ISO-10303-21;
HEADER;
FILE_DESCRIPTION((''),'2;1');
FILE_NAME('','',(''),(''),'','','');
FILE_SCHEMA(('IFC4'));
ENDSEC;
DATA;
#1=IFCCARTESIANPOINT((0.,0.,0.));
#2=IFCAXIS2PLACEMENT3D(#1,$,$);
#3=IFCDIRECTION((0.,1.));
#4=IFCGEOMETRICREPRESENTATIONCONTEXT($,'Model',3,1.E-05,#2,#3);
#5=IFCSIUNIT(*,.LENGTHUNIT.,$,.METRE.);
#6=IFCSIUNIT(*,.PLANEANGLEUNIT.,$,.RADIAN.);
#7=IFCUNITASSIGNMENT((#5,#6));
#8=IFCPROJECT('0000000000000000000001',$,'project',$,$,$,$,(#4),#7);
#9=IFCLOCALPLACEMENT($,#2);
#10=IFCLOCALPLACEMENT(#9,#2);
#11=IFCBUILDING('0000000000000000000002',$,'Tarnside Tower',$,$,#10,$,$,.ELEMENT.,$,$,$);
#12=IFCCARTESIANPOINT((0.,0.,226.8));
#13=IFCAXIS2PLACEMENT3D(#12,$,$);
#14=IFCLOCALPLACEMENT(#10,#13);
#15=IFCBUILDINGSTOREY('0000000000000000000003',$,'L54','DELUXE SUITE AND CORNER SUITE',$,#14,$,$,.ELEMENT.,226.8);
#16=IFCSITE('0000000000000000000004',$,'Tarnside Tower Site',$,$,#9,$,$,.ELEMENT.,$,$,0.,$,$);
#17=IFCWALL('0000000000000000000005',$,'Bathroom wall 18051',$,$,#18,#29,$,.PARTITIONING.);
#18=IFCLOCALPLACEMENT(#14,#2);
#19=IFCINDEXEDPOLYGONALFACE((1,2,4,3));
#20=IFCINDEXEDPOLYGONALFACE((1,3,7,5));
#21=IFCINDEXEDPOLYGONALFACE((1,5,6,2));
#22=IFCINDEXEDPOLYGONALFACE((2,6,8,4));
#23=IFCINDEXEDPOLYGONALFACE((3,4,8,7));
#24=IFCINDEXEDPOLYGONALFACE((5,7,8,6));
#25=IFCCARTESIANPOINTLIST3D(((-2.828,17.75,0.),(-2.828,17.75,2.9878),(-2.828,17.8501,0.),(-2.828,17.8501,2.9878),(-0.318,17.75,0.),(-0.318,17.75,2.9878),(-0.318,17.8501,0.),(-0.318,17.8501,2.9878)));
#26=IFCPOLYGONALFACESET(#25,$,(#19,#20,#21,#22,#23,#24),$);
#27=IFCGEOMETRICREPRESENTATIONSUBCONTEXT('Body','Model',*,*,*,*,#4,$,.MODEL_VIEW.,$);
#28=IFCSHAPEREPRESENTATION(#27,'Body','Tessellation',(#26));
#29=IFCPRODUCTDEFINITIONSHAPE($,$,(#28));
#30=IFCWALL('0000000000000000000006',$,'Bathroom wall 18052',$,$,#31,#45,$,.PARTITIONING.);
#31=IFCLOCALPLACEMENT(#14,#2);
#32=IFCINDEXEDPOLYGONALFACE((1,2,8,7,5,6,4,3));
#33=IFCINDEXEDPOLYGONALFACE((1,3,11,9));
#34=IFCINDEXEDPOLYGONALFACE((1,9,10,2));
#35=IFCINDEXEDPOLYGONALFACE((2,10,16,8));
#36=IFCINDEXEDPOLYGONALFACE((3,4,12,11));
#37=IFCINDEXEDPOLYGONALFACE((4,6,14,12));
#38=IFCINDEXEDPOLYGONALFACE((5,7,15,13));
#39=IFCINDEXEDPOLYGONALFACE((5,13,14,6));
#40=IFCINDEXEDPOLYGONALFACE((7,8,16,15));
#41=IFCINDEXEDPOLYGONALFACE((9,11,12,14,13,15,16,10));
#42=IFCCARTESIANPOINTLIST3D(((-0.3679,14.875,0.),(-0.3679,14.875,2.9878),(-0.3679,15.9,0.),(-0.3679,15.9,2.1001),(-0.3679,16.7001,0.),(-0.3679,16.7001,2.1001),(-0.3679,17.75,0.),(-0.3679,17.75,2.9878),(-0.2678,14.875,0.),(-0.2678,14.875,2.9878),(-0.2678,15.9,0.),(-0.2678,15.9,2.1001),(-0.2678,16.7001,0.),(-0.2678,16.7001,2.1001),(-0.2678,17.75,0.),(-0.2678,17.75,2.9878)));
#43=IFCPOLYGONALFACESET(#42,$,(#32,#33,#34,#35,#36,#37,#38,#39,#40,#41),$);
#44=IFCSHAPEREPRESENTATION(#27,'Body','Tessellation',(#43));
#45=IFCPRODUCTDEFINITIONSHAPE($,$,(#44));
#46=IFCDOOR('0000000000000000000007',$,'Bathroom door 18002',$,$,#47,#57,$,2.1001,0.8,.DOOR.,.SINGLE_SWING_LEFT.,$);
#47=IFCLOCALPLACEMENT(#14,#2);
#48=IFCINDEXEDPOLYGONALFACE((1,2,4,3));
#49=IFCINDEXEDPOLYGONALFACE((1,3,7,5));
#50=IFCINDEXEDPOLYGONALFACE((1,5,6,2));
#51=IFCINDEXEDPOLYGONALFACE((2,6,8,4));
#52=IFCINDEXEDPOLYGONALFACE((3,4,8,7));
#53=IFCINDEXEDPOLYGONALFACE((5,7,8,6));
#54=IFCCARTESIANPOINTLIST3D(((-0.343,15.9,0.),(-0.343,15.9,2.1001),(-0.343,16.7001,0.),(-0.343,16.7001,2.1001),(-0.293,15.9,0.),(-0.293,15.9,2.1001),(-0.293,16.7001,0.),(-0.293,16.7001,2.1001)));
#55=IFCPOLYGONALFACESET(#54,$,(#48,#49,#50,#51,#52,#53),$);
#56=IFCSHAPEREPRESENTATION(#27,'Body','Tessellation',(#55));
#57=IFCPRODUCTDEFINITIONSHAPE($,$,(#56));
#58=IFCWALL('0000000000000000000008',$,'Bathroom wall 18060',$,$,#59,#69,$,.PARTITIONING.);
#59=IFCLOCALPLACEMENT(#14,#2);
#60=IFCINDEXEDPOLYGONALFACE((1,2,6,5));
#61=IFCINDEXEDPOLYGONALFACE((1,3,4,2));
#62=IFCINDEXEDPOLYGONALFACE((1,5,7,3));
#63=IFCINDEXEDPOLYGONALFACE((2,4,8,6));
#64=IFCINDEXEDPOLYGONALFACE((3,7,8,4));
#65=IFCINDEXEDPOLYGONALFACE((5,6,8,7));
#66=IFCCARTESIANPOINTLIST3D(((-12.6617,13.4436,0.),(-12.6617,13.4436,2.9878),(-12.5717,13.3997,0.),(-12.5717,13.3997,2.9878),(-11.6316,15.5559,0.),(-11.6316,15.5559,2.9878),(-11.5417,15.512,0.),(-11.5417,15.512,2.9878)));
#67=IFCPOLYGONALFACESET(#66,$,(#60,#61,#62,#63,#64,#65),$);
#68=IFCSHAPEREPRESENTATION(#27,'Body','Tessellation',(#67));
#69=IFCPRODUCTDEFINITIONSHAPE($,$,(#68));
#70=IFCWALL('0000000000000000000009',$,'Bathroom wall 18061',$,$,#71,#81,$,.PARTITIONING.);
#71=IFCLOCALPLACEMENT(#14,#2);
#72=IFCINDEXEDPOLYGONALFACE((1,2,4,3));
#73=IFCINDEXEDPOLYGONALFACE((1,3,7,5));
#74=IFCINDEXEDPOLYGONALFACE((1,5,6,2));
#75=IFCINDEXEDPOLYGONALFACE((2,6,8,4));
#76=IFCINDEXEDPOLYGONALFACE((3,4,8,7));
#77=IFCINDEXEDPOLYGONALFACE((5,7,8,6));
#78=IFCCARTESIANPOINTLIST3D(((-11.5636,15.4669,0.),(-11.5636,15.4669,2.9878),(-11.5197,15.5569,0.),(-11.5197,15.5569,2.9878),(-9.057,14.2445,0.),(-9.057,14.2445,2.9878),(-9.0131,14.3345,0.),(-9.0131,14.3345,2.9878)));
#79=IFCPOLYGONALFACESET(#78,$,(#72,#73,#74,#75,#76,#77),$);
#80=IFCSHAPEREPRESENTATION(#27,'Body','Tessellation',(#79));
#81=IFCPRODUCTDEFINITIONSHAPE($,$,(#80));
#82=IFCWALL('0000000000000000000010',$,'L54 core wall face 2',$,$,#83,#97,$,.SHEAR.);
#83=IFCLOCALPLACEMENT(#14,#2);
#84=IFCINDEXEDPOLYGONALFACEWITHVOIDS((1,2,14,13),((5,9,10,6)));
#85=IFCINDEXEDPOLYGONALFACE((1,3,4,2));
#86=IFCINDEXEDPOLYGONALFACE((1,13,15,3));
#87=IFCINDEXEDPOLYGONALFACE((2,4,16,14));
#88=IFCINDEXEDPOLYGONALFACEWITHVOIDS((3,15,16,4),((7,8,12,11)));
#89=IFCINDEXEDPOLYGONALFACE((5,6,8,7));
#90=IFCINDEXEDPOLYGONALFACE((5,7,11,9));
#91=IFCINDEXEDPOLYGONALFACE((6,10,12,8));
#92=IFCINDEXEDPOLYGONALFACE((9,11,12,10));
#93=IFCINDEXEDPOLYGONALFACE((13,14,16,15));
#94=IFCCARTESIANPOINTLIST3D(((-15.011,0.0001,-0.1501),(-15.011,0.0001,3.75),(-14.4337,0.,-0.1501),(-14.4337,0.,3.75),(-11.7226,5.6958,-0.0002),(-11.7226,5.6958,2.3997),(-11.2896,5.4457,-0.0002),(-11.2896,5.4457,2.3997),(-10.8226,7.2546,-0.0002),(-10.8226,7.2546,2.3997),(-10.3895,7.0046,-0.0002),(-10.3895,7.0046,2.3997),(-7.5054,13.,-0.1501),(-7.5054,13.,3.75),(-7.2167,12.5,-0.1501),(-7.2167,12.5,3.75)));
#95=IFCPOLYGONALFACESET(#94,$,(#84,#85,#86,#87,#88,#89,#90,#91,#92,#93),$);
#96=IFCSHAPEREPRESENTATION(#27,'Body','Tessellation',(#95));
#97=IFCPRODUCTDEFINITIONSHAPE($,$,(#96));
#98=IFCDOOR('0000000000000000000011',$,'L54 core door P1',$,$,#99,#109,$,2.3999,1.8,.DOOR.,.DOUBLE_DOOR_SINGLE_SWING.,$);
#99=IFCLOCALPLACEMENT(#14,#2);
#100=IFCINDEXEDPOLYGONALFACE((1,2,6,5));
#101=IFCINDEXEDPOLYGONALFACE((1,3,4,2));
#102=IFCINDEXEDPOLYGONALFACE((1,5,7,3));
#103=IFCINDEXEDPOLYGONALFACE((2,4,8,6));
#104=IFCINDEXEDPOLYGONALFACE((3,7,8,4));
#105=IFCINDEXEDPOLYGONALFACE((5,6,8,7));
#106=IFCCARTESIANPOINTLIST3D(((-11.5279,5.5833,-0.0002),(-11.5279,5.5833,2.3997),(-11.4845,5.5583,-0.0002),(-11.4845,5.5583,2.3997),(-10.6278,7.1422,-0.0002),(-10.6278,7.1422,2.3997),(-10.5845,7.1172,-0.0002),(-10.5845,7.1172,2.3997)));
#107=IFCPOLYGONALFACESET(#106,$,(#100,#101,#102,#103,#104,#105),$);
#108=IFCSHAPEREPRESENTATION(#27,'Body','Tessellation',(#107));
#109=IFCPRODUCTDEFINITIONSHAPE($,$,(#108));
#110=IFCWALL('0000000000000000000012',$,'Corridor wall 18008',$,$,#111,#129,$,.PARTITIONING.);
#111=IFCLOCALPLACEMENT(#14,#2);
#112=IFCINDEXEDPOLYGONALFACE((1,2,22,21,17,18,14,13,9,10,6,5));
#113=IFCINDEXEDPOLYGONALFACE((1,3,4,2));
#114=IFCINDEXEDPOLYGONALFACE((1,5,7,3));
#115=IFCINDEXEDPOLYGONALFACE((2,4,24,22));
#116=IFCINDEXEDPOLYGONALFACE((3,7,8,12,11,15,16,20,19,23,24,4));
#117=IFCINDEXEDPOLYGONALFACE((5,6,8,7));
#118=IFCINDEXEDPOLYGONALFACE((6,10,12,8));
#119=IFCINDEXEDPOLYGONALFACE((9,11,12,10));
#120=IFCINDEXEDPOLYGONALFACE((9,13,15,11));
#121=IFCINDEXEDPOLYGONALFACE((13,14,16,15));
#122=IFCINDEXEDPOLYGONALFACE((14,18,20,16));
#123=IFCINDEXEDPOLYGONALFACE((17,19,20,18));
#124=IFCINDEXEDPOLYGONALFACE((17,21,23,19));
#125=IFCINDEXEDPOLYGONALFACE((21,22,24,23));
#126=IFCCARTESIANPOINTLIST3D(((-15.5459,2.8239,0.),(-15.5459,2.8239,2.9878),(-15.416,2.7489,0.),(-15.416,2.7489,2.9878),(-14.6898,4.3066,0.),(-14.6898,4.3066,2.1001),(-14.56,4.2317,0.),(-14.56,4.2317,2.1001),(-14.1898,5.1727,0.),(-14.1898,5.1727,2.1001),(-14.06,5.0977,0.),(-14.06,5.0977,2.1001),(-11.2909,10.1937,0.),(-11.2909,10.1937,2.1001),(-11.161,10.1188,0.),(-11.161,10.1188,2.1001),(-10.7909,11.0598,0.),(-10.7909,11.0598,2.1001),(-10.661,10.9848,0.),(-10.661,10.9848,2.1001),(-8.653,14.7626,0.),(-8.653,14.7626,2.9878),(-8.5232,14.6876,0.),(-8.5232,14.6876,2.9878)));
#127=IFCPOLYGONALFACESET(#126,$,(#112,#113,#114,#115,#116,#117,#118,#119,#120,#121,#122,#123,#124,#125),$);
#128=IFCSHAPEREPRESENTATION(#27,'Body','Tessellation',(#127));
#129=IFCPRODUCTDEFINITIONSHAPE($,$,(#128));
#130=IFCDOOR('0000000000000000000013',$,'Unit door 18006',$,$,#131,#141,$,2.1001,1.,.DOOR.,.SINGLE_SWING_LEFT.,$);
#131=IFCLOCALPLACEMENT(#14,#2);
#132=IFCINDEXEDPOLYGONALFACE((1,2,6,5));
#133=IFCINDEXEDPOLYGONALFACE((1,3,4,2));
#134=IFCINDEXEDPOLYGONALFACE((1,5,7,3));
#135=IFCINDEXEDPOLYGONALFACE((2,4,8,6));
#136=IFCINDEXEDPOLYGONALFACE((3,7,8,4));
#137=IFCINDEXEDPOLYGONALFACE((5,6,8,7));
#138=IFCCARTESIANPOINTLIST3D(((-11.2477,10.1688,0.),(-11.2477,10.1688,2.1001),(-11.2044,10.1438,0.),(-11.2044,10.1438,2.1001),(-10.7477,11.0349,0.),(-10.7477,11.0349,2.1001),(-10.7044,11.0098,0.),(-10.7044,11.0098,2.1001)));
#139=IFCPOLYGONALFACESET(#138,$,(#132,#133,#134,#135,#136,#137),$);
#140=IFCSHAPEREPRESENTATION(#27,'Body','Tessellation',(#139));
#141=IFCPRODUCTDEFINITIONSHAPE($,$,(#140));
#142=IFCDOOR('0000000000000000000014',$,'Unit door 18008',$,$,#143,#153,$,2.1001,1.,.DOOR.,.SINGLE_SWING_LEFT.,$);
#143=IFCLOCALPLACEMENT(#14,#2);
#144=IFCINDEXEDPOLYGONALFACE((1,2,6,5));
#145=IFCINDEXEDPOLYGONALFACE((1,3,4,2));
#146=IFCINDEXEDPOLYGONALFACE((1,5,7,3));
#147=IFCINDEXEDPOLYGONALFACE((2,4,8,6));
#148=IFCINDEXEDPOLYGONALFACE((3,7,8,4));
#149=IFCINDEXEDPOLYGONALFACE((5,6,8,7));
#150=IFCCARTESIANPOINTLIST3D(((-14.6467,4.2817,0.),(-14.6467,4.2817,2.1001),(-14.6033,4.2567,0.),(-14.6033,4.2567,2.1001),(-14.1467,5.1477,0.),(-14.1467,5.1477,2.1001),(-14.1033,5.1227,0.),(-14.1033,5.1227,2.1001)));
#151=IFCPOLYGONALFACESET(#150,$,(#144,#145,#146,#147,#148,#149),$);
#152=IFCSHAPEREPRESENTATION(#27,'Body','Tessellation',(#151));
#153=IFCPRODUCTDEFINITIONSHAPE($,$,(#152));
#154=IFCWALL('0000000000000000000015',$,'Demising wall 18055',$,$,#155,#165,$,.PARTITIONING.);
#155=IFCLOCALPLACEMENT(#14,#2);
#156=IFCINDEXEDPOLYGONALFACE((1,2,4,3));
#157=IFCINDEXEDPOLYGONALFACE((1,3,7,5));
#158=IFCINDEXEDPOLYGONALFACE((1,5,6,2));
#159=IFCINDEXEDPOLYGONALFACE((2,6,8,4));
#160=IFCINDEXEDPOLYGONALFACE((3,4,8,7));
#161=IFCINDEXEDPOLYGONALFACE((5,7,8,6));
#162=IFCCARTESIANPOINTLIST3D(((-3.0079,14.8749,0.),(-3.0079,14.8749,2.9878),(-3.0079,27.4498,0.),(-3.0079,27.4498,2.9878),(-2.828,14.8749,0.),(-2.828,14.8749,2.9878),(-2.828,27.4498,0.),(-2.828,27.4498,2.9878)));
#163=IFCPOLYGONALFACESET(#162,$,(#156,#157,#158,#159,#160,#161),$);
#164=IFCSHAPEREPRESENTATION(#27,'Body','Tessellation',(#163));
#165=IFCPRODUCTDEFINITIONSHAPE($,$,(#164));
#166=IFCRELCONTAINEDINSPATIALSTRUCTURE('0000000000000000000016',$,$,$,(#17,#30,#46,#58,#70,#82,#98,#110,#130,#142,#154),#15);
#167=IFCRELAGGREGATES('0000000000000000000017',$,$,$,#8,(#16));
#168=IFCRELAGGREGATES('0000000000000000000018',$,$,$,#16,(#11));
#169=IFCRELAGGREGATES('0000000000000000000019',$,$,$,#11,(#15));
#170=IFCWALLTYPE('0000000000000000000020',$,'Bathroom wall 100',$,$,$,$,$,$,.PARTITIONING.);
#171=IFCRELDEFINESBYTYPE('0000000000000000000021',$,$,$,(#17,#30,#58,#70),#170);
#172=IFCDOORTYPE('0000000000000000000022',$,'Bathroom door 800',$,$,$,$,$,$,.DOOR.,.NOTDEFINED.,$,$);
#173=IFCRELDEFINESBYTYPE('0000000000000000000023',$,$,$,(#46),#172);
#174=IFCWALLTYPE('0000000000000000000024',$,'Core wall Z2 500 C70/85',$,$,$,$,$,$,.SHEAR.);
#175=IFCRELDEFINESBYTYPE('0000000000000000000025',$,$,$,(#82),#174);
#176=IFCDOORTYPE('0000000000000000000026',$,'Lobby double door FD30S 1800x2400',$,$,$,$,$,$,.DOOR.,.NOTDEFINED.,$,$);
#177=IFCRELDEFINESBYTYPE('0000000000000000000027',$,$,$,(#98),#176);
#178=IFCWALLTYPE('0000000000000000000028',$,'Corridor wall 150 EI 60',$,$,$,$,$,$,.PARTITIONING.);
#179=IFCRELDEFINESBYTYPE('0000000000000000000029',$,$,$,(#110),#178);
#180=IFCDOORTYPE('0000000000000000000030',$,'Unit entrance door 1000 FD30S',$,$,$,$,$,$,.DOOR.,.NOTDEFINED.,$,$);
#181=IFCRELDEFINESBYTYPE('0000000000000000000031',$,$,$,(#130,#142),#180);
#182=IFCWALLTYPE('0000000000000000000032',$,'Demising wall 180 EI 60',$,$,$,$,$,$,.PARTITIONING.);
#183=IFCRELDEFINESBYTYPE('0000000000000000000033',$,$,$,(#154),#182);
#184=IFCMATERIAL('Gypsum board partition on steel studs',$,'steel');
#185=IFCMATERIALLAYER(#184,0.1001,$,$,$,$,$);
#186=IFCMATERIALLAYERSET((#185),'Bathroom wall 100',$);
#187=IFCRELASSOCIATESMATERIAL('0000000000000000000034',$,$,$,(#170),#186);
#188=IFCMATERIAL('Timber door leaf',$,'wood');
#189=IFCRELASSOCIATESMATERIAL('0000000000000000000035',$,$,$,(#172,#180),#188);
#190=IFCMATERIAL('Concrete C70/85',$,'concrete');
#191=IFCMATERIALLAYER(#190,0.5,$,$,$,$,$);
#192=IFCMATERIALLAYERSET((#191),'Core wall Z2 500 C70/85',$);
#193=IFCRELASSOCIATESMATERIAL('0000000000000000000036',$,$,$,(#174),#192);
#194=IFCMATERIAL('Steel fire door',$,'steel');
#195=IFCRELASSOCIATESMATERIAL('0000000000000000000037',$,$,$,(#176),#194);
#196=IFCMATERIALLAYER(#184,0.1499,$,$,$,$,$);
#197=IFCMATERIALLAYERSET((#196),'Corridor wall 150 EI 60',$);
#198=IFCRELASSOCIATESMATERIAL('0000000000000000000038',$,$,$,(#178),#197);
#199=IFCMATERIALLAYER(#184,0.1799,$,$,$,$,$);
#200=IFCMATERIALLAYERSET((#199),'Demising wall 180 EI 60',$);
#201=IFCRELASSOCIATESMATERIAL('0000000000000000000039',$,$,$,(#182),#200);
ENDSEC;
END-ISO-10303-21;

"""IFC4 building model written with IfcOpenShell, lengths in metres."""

from ifc_helpers import new_model, si_unit, direction, frame, frame_2d, origin, place, context, subcontext, project, spatial, polyline, rectangle, outline, extrude, material, layer, layer_set, type_object, element, fill, save


model = new_model("IFC4")

# Units and contexts
model_context = context("Model", 3, precision=1e-05, world=origin(), true_north=direction((0.0, 1.0)))
body_context = subcontext(model_context, "Body", "Model", "MODEL_VIEW")
ifc_project = project(units=[si_unit("LENGTHUNIT", "METRE"), si_unit("PLANEANGLEUNIT", "RADIAN")], contexts=[model_context])

# Site, building, storey
site_placement = place(None, origin())
site = spatial("IfcSite", under=ifc_project, at=site_placement, Name="Tarnside Tower Site", CompositionType="ELEMENT", RefElevation=0.0)
building_placement = place(site_placement, origin())
building = spatial("IfcBuilding", under=site, at=building_placement, Name="Tarnside Tower", CompositionType="ELEMENT")
storey_placement = place(building_placement, frame((0.0, 0.0, 226.8)))
storey = spatial("IfcBuildingStorey", under=building, at=storey_placement, Name="L54", Description="DELUXE SUITE AND CORNER SUITE", CompositionType="ELEMENT", Elevation=226.8)

# Wall
ifc_material_1 = material(Name="Gypsum board partition on steel studs", Category="steel")
ifc_layer_1 = layer(ifc_material_1, 0.1001)
ifc_layer_set_1 = layer_set([ifc_layer_1], Name="Bathroom wall 100")
wall_type_1 = type_object("IfcWallType", Name="Bathroom wall 100", PredefinedType="PARTITIONING", material=ifc_layer_set_1)
wall_1_placement = place(storey_placement, frame((-2.8279, 17.8, 0.0), z_axis=(0.0, 0.0, 1.0), x_axis=(1.0, 0.0, 0.0)))
element("IfcWall", 1, at=wall_1_placement, inside=storey, type_object=wall_type_1, Name="Bathroom wall 18051", PredefinedType="PARTITIONING", context=body_context, shape_type="SweptSolid", body=[
    extrude(rectangle(XDim=2.51, YDim=0.1001, at=frame_2d((1.2549, 0.0))), origin(), (0.0, 0.0, 1.0), 2.9878),
])

# Wall, opening, door
wall_2_placement = place(storey_placement, frame((-0.3179, 17.75, 0.0), z_axis=(0.0, 0.0, 1.0), x_axis=(0.0, -1.0, 0.0)))
wall_2 = element("IfcWall", 2, at=wall_2_placement, inside=storey, type_object=wall_type_1, Name="Bathroom wall 18052", PredefinedType="PARTITIONING", context=body_context, shape_type="SweptSolid", body=[
    extrude(rectangle(XDim=2.875, YDim=0.1001, at=frame_2d((1.4375, 0.0))), origin(), (0.0, 0.0, 1.0), 2.9878),
])
opening_1_placement = place(wall_2_placement, frame((1.05, 0.0, 0.0)))
opening_1 = element("IfcOpeningElement", 3, at=opening_1_placement, cuts=wall_2, PredefinedType="OPENING", context=body_context, shape_type="SweptSolid", body=[
    extrude(rectangle(XDim=0.8, YDim=2.1001, at=frame_2d((0.3999, 1.05))), frame((0.0, 0.0601, 0.0), z_axis=(0.0, -1.0, 0.0), x_axis=(1.0, 0.0, 0.0)), (0.0, 0.0, 1.0), 0.1201),
])
ifc_material_2 = material(Name="Timber door leaf", Category="wood")
door_type_1 = type_object("IfcDoorType", Name="Bathroom door 800", OperationType="NOTDEFINED", PredefinedType="DOOR", material=ifc_material_2)
door_1_placement = place(opening_1_placement, origin())
door_1 = element("IfcDoor", 4, at=door_1_placement, inside=storey, type_object=door_type_1, Name="Bathroom door 18002", OperationType="SINGLE_SWING_LEFT", OverallHeight=2.1001, OverallWidth=0.8, PredefinedType="DOOR", context=body_context, shape_type="SweptSolid", body=[
    extrude(rectangle(XDim=0.8, YDim=2.1001, at=frame_2d((0.3999, 1.05))), frame((0.0, 0.0249, 0.0), z_axis=(0.0, -1.0, 0.0), x_axis=(1.0, 0.0, 0.0)), (0.0, 0.0, 1.0), 0.05),
])
fill(opening_1, door_1)

# Walls
wall_3_placement = place(storey_placement, frame((-12.6167, 13.4216, 0.0), z_axis=(0.0, 0.0, 1.0), x_axis=(0.438299, 0.898829, 0.0)))
element("IfcWall", 5, at=wall_3_placement, inside=storey, type_object=wall_type_1, Name="Bathroom wall 18060", PredefinedType="PARTITIONING", context=body_context, shape_type="SweptSolid", body=[
    extrude(rectangle(XDim=2.3501, YDim=0.1001, at=frame_2d((1.175, 0.0))), origin(), (0.0, 0.0, 1.0), 2.9878),
])
wall_4_placement = place(storey_placement, frame((-11.5417, 15.512, 0.0), z_axis=(0.0, 0.0, 1.0), x_axis=(0.898813, -0.438332, 0.0)))
element("IfcWall", 6, at=wall_4_placement, inside=storey, type_object=wall_type_1, Name="Bathroom wall 18061", PredefinedType="PARTITIONING", context=body_context, shape_type="SweptSolid", body=[
    extrude(rectangle(XDim=2.7888, YDim=0.1001, at=frame_2d((1.3945, 0.0))), origin(), (0.0, 0.0, 1.0), 2.9878),
])

# Wall, opening, door
ifc_material_3 = material(Name="Concrete C70/85", Category="concrete")
ifc_layer_2 = layer(ifc_material_3, 0.5)
ifc_layer_set_2 = layer_set([ifc_layer_2], Name="Core wall Z2 500 C70/85")
wall_type_2 = type_object("IfcWallType", Name="Core wall Z2 500 C70/85", PredefinedType="SHEAR", material=ifc_layer_set_2)
wall_5_placement = place(storey_placement, frame((-7.3611, 12.75, -0.1501), z_axis=(0.0, 0.0, 1.0), x_axis=(-0.500006, -0.866022, 0.0)))
wall_5 = element("IfcWall", 7, at=wall_5_placement, inside=storey, type_object=wall_type_2, Name="L54 core wall face 2", PredefinedType="SHEAR", context=body_context, shape_type="SweptSolid", body=[
    extrude(outline(polyline([(-0.1443, -0.25), (14.8667, -0.25), (14.5781, 0.25), (0.1443, 0.25), (-0.1443, -0.25)])), origin(), (0.0, 0.0, 1.0), 3.9001),
])
opening_2_placement = place(wall_5_placement, frame((6.49, 0.0, 0.1499)))
opening_2 = element("IfcOpeningElement", 8, at=opening_2_placement, cuts=wall_5, PredefinedType="OPENING", context=body_context, shape_type="SweptSolid", body=[
    extrude(rectangle(XDim=1.8, YDim=2.3999, at=frame_2d((0.8999, 1.2))), frame((0.0, 0.26, 0.0), z_axis=(0.0, -1.0, 0.0), x_axis=(1.0, 0.0, 0.0)), (0.0, 0.0, 1.0), 0.52),
])
ifc_material_4 = material(Name="Steel fire door", Category="steel")
door_type_2 = type_object("IfcDoorType", Name="Lobby double door FD30S 1800x2400", OperationType="NOTDEFINED", PredefinedType="DOOR", material=ifc_material_4)
door_2_placement = place(opening_2_placement, origin())
door_2 = element("IfcDoor", 9, at=door_2_placement, inside=storey, type_object=door_type_2, Name="L54 core door P1", OperationType="DOUBLE_DOOR_SINGLE_SWING", OverallHeight=2.3999, OverallWidth=1.8, PredefinedType="DOOR", context=body_context, shape_type="SweptSolid", body=[
    extrude(rectangle(XDim=1.8, YDim=2.3999, at=frame_2d((0.8999, 1.2))), frame((0.0, 0.0249, 0.0), z_axis=(0.0, -1.0, 0.0), x_axis=(1.0, 0.0, 0.0)), (0.0, 0.0, 1.0), 0.05),
])
fill(opening_2, door_2)

# Wall, openings, doors
ifc_layer_3 = layer(ifc_material_1, 0.1499)
ifc_layer_set_3 = layer_set([ifc_layer_3], Name="Corridor wall 150 EI 60")
wall_type_3 = type_object("IfcWallType", Name="Corridor wall 150 EI 60", PredefinedType="PARTITIONING", material=ifc_layer_set_3)
wall_6_placement = place(storey_placement, frame((-8.5881, 14.7251, 0.0), z_axis=(0.0, 0.0, 1.0), x_axis=(-0.5, -0.866025, 0.0)))
wall_6 = element("IfcWall", 10, at=wall_6_placement, inside=storey, type_object=wall_type_3, Name="Corridor wall 18008", PredefinedType="PARTITIONING", context=body_context, shape_type="SweptSolid", body=[
    extrude(rectangle(XDim=13.7856, YDim=0.1499, at=frame_2d((6.8928, 0.0))), origin(), (0.0, 0.0, 1.0), 2.9878),
])
opening_3_placement = place(wall_6_placement, frame((4.2756, 0.0, 0.0)))
opening_3 = element("IfcOpeningElement", 11, at=opening_3_placement, cuts=wall_6, PredefinedType="OPENING", context=body_context, shape_type="SweptSolid", body=[
    extrude(rectangle(XDim=1.0, YDim=2.1001, at=frame_2d((0.5, 1.05))), frame((0.0, 0.085, 0.0), z_axis=(0.0, -1.0, 0.0), x_axis=(1.0, 0.0, 0.0)), (0.0, 0.0, 1.0), 0.1699),
])
opening_4_placement = place(wall_6_placement, frame((11.0735, 0.0, 0.0)))
opening_4 = element("IfcOpeningElement", 12, at=opening_4_placement, cuts=wall_6, PredefinedType="OPENING", context=body_context, shape_type="SweptSolid", body=[
    extrude(rectangle(XDim=1.0, YDim=2.1001, at=frame_2d((0.5, 1.05))), frame((0.0, 0.085, 0.0), z_axis=(0.0, -1.0, 0.0), x_axis=(1.0, 0.0, 0.0)), (0.0, 0.0, 1.0), 0.1699),
])
door_type_3 = type_object("IfcDoorType", Name="Unit entrance door 1000 FD30S", OperationType="NOTDEFINED", PredefinedType="DOOR", material=ifc_material_2)
door_3_placement = place(opening_3_placement, origin())
door_3 = element("IfcDoor", 13, at=door_3_placement, inside=storey, type_object=door_type_3, Name="Unit door 18006", OperationType="SINGLE_SWING_LEFT", OverallHeight=2.1001, OverallWidth=1.0, PredefinedType="DOOR", context=body_context, shape_type="SweptSolid", body=[
    extrude(rectangle(XDim=1.0, YDim=2.1001, at=frame_2d((0.5, 1.05))), frame((0.0, 0.0249, 0.0), z_axis=(0.0, -1.0, 0.0), x_axis=(1.0, 0.0, 0.0)), (0.0, 0.0, 1.0), 0.05),
])
fill(opening_3, door_3)
door_4_placement = place(opening_4_placement, origin())
door_4 = element("IfcDoor", 14, at=door_4_placement, inside=storey, type_object=door_type_3, Name="Unit door 18008", OperationType="SINGLE_SWING_LEFT", OverallHeight=2.1001, OverallWidth=1.0, PredefinedType="DOOR", context=body_context, shape_type="SweptSolid", body=[
    extrude(rectangle(XDim=1.0, YDim=2.1001, at=frame_2d((0.5, 1.05))), frame((0.0, 0.0249, 0.0), z_axis=(0.0, -1.0, 0.0), x_axis=(1.0, 0.0, 0.0)), (0.0, 0.0, 1.0), 0.05),
])
fill(opening_4, door_4)

# Wall
ifc_layer_4 = layer(ifc_material_1, 0.1799)
ifc_layer_set_4 = layer_set([ifc_layer_4], Name="Demising wall 180 EI 60")
wall_type_4 = type_object("IfcWallType", Name="Demising wall 180 EI 60", PredefinedType="PARTITIONING", material=ifc_layer_set_4)
for number, where, z_axis, x_axis, name in (
    (15, (-2.918, 27.45, 0.0), (0.0, 0.0, 1.0), (0.0, -1.0, 0.0), "Demising wall 18055"),
):
    element("IfcWall", number, at=place(storey_placement, frame(where, z_axis=z_axis, x_axis=x_axis)), inside=storey, type_object=wall_type_4, Name=name, PredefinedType="PARTITIONING", context=body_context, shape_type="SweptSolid", body=[
        extrude(rectangle(XDim=12.575, YDim=0.1799, at=frame_2d((6.2876, 0.0))), origin(), (0.0, 0.0, 1.0), 2.9878),
    ])

save(model, "model.ifc")
